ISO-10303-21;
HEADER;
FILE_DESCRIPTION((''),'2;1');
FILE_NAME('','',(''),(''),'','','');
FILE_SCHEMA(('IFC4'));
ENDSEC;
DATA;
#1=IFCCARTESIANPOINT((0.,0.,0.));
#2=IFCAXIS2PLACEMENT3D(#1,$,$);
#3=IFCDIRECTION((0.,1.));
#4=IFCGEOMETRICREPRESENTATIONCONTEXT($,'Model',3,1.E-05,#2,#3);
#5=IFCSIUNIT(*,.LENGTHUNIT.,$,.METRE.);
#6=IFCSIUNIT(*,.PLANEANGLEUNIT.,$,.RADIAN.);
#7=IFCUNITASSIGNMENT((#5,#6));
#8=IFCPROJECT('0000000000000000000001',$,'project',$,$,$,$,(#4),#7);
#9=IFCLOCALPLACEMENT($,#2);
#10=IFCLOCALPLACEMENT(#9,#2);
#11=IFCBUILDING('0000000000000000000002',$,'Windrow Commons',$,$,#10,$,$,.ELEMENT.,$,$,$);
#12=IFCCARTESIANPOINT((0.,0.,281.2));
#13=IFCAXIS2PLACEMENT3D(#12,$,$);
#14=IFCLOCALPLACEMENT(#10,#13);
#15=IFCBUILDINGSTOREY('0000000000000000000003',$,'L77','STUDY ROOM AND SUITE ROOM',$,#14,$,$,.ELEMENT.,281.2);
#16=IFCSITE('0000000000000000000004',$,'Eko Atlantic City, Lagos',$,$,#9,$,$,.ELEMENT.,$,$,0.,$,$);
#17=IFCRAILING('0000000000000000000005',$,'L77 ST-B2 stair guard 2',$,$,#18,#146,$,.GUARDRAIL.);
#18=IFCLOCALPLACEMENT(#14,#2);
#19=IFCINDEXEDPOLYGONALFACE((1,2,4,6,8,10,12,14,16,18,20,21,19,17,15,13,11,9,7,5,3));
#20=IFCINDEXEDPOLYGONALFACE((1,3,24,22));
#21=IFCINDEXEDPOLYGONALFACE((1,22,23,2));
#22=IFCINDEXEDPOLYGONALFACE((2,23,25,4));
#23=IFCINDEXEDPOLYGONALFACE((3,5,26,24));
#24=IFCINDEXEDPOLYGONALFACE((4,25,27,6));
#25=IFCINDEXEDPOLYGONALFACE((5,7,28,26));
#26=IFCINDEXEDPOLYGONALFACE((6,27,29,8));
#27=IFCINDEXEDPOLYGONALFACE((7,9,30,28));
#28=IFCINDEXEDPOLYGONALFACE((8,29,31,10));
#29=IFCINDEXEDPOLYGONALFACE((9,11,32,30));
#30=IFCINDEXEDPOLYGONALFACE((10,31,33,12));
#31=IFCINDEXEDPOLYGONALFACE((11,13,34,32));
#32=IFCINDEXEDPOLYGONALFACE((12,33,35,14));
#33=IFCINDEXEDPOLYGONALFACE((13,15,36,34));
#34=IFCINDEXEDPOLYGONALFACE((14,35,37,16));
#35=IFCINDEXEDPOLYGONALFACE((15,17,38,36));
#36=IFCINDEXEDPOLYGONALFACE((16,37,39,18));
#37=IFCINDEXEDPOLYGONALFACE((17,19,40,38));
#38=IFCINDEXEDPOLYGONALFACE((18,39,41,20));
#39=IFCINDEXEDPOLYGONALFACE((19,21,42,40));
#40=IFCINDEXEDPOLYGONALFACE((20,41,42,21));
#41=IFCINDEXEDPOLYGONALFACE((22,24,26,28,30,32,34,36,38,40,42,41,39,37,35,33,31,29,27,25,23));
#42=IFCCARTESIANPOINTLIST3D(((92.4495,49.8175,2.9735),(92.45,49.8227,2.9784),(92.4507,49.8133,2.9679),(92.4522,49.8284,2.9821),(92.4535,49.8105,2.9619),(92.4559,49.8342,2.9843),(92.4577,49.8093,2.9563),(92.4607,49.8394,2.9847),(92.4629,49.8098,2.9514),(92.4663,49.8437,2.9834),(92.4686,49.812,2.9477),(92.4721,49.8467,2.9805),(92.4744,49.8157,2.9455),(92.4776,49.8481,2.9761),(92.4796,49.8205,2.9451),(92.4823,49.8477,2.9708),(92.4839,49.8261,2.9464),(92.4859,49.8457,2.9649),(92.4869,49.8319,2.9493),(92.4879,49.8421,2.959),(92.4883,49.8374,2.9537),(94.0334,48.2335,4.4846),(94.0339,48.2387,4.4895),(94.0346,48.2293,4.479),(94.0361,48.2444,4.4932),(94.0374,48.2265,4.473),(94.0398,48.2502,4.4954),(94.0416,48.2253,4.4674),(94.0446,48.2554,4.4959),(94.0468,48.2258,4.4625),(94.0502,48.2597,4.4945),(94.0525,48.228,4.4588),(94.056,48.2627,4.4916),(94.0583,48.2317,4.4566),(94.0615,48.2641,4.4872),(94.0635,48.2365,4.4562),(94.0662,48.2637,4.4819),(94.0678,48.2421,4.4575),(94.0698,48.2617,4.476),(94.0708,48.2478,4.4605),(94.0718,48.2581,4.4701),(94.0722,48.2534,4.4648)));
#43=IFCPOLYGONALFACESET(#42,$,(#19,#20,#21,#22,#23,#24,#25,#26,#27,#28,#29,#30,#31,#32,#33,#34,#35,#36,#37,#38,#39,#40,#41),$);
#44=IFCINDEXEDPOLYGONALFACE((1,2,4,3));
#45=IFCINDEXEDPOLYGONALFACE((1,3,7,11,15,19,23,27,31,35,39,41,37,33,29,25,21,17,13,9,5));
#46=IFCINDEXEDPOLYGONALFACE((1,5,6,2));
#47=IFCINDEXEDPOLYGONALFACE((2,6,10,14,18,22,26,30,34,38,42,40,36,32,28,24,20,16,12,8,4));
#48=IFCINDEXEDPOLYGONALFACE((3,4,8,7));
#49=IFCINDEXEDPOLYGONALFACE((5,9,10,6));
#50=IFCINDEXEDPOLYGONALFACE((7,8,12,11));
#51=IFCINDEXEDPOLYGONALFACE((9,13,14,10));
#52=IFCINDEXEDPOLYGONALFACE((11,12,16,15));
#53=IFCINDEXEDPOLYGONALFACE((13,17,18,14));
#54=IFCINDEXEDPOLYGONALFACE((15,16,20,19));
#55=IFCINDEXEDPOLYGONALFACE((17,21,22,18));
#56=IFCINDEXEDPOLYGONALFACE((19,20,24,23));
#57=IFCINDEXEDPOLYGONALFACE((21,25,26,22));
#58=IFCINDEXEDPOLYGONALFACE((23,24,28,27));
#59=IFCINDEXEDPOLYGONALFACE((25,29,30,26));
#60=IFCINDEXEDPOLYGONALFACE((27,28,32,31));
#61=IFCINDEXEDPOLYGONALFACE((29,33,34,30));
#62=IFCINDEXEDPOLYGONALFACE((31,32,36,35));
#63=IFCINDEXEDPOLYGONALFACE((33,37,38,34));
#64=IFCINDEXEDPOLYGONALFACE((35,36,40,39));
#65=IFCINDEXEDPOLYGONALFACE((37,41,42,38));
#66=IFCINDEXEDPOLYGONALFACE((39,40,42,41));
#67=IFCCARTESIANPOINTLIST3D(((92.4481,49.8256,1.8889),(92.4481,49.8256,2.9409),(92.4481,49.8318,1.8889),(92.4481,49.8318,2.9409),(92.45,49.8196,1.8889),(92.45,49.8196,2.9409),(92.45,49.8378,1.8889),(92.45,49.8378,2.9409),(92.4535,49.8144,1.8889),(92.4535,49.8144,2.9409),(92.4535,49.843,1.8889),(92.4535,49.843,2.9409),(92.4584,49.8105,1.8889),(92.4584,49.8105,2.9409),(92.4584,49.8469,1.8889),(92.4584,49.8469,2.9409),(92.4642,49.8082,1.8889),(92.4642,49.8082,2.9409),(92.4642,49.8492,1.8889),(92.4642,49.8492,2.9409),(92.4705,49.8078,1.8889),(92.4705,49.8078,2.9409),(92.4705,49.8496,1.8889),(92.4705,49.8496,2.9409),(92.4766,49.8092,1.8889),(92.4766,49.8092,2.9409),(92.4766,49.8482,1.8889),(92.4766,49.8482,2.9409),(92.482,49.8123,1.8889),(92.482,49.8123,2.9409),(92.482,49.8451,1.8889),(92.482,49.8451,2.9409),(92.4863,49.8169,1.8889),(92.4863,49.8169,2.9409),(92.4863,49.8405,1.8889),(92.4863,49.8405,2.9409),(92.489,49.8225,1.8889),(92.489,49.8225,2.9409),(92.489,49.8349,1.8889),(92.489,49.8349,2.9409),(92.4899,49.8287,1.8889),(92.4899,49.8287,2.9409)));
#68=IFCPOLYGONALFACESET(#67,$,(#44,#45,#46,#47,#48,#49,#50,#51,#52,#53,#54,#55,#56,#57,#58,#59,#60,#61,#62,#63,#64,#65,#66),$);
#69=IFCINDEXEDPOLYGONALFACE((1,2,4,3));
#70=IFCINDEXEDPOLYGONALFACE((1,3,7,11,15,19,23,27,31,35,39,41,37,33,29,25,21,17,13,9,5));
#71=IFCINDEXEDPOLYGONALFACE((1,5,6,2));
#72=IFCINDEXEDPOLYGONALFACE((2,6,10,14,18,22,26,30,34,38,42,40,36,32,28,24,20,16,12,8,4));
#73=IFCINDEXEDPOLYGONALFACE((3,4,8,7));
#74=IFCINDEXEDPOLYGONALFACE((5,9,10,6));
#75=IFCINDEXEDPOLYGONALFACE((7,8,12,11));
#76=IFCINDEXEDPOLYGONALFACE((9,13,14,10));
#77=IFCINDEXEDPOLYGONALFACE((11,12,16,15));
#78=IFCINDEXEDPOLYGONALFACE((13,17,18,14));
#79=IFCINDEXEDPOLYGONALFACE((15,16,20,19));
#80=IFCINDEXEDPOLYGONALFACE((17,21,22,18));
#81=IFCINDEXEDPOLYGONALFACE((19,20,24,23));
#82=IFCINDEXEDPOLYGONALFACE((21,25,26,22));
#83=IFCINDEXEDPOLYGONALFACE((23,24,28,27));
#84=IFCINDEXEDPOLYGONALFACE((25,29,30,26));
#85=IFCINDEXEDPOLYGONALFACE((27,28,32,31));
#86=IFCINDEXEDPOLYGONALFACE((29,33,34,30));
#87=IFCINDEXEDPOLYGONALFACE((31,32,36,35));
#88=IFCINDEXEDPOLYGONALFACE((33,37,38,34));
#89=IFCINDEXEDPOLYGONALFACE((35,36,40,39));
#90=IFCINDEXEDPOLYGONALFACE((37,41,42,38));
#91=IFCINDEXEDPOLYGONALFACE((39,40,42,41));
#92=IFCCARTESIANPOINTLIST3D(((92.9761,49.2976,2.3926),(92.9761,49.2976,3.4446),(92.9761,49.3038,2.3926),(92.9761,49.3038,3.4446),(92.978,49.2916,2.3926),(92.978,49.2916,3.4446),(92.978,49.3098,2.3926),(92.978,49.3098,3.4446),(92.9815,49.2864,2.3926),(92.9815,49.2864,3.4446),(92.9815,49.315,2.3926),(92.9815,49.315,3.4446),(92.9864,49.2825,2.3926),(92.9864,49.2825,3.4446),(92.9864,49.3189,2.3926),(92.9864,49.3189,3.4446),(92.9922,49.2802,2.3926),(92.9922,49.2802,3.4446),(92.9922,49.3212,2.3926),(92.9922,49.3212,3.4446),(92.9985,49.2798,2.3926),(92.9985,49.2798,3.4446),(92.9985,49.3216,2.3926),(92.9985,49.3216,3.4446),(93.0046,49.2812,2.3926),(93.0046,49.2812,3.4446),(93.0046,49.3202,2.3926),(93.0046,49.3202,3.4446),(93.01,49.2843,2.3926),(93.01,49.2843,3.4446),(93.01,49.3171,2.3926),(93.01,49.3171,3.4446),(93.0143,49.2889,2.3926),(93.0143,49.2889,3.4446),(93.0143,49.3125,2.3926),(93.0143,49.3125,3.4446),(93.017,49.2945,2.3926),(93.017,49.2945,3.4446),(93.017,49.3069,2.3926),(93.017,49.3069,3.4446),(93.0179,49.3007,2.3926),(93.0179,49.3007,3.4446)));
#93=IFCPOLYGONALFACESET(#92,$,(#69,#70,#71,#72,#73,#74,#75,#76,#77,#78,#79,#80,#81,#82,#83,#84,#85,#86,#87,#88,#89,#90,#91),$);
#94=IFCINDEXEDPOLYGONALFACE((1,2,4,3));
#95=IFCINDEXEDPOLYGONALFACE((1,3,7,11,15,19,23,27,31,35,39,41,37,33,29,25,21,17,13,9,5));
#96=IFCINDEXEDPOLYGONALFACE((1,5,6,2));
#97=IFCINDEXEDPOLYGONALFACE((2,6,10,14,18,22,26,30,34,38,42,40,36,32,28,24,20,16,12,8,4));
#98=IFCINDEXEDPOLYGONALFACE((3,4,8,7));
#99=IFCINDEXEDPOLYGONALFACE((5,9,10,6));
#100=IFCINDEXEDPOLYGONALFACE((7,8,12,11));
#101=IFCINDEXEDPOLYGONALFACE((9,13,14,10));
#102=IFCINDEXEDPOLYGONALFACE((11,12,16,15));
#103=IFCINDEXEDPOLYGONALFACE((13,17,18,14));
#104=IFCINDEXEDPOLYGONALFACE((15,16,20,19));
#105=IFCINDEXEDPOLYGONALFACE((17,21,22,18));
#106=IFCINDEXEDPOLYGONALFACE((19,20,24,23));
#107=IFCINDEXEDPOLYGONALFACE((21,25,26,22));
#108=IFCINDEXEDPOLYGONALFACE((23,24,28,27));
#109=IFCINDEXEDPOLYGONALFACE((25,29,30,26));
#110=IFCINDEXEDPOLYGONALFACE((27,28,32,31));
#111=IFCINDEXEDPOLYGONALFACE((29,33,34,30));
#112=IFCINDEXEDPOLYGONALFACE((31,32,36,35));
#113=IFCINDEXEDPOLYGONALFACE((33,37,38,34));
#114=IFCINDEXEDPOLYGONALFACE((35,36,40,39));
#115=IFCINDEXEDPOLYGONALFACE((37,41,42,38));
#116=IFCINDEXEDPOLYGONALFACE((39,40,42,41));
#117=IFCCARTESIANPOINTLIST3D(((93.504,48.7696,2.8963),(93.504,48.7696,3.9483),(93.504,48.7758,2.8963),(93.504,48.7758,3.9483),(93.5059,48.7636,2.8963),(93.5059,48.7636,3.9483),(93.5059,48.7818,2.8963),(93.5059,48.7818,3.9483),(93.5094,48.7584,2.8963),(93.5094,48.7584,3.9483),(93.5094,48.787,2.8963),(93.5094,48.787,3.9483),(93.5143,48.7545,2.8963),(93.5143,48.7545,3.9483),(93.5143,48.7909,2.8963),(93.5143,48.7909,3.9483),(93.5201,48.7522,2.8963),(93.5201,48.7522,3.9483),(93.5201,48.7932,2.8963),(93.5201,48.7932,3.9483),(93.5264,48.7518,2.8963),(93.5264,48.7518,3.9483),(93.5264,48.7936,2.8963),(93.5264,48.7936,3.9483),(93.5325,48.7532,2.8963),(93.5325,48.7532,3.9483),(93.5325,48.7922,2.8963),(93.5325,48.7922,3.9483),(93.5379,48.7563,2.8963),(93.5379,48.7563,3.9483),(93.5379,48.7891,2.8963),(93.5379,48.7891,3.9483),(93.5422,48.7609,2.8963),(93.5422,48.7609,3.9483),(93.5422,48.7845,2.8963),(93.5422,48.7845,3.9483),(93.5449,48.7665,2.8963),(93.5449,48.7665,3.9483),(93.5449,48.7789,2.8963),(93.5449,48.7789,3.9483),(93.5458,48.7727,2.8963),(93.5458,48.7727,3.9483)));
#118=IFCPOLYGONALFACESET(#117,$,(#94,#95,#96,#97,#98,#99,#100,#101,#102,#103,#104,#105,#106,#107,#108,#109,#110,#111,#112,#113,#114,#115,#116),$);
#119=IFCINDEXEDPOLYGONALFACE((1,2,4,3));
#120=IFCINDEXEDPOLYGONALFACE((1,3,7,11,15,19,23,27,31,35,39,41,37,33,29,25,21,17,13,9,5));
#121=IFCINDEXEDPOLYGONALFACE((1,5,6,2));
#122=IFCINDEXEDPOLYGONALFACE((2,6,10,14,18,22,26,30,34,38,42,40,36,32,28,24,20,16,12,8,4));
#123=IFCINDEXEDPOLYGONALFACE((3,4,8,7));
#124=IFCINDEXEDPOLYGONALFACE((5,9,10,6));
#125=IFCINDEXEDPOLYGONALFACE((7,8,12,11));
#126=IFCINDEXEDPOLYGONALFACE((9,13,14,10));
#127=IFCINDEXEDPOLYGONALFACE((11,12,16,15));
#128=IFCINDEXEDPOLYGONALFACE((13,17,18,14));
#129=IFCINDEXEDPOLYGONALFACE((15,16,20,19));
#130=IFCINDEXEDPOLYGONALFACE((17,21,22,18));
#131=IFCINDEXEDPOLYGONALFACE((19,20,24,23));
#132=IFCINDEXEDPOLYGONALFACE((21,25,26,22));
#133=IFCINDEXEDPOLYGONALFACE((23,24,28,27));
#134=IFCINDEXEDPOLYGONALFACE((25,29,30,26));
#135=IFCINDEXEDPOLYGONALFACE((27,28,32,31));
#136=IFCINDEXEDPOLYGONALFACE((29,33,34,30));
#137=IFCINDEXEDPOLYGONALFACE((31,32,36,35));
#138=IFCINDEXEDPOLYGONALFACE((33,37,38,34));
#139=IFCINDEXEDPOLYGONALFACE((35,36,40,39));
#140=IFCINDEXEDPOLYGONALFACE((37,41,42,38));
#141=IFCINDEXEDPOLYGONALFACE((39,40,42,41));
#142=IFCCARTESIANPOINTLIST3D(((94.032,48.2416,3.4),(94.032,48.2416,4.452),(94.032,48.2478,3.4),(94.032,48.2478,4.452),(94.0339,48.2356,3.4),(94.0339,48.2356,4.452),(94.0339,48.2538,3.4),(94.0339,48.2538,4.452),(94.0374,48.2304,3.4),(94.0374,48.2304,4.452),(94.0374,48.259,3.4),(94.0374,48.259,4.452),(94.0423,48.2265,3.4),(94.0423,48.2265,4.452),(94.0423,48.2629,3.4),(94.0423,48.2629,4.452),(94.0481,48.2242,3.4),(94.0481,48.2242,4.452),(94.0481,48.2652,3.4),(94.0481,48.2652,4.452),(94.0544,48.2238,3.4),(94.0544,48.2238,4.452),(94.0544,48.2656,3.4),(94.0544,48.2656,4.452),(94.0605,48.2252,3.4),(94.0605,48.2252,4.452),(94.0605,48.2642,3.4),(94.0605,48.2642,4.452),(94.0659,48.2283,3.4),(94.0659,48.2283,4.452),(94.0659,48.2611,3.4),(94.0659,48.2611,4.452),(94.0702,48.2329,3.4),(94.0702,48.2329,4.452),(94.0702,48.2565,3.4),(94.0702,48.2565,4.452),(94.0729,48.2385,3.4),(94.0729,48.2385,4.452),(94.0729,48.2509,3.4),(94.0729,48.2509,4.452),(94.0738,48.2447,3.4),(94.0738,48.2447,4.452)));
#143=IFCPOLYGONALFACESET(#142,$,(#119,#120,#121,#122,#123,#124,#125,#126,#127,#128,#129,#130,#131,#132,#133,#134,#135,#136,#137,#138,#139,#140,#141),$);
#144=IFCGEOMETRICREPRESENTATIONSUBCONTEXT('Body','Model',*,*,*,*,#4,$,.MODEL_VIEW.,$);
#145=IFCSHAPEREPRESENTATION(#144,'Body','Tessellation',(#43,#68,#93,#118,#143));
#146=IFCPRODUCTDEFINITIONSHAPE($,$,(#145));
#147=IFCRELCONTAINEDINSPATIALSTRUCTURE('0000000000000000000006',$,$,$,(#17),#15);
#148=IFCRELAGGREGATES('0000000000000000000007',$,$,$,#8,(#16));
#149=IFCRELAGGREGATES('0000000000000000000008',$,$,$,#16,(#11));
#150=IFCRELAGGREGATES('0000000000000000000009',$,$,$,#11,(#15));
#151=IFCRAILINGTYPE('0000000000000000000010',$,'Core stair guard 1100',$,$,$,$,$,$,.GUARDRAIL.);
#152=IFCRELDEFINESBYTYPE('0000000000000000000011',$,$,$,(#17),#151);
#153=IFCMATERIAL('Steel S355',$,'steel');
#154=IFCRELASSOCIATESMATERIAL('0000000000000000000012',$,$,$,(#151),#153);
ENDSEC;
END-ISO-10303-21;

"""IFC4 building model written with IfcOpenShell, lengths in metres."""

from ifc_helpers import new_model, si_unit, direction, frame, origin, origin_2d, place, context, subcontext, project, spatial, circle, extrude, material, type_object, element, save


model = new_model("IFC4")

# Units and contexts
model_context = context("Model", 3, precision=1e-05, world=origin(), true_north=direction((0.0, 1.0)))
body_context = subcontext(model_context, "Body", "Model", "MODEL_VIEW")
ifc_project = project(units=[si_unit("LENGTHUNIT", "METRE"), si_unit("PLANEANGLEUNIT", "RADIAN")], contexts=[model_context])

# Site, building, storey
site_placement = place(None, origin())
site = spatial("IfcSite", under=ifc_project, at=site_placement, Name="Eko Atlantic City, Lagos", CompositionType="ELEMENT", RefElevation=0.0)
building_placement = place(site_placement, origin())
building = spatial("IfcBuilding", under=site, at=building_placement, Name="Windrow Commons", CompositionType="ELEMENT")
storey_placement = place(building_placement, frame((0.0, 0.0, 281.2)))
storey = spatial("IfcBuildingStorey", under=building, at=storey_placement, Name="L77", Description="STUDY ROOM AND SUITE ROOM", CompositionType="ELEMENT", Elevation=281.2)

# Railing
ifc_material_1 = material(Name="Steel S355", Category="steel")
railing_type_1 = type_object("IfcRailingType", Name="Core stair guard 1100", PredefinedType="GUARDRAIL", material=ifc_material_1)
railing_1_placement = place(storey_placement, frame((92.4689, 49.8287, 1.8889)))
element("IfcRailing", 1, at=railing_1_placement, inside=storey, type_object=railing_type_1, Name="L77 ST-B2 stair guard 2", PredefinedType="GUARDRAIL", context=body_context, shape_type="SweptSolid", body=[
    extrude(circle(Radius=0.024, at=origin_2d()), frame((0.0, 0.0, 1.076), z_axis=(0.586179, -0.586216, 0.559237), x_axis=(0.707129, 0.707084, 0.0)), (0.0, 0.0, 1.0), 2.7021),
    extrude(circle(Radius=0.021, at=origin_2d()), origin(), (0.0, 0.0, 1.0), 1.052),
    extrude(circle(Radius=0.021, at=origin_2d()), frame((0.528, -0.528, 0.5037)), (0.0, 0.0, 1.0), 1.052),
    extrude(circle(Radius=0.021, at=origin_2d()), frame((1.0559, -1.056, 1.0074)), (0.0, 0.0, 1.0), 1.052),
    extrude(circle(Radius=0.021, at=origin_2d()), frame((1.5839, -1.584, 1.5111)), (0.0, 0.0, 1.0), 1.052),
])

save(model, "model.ifc")
